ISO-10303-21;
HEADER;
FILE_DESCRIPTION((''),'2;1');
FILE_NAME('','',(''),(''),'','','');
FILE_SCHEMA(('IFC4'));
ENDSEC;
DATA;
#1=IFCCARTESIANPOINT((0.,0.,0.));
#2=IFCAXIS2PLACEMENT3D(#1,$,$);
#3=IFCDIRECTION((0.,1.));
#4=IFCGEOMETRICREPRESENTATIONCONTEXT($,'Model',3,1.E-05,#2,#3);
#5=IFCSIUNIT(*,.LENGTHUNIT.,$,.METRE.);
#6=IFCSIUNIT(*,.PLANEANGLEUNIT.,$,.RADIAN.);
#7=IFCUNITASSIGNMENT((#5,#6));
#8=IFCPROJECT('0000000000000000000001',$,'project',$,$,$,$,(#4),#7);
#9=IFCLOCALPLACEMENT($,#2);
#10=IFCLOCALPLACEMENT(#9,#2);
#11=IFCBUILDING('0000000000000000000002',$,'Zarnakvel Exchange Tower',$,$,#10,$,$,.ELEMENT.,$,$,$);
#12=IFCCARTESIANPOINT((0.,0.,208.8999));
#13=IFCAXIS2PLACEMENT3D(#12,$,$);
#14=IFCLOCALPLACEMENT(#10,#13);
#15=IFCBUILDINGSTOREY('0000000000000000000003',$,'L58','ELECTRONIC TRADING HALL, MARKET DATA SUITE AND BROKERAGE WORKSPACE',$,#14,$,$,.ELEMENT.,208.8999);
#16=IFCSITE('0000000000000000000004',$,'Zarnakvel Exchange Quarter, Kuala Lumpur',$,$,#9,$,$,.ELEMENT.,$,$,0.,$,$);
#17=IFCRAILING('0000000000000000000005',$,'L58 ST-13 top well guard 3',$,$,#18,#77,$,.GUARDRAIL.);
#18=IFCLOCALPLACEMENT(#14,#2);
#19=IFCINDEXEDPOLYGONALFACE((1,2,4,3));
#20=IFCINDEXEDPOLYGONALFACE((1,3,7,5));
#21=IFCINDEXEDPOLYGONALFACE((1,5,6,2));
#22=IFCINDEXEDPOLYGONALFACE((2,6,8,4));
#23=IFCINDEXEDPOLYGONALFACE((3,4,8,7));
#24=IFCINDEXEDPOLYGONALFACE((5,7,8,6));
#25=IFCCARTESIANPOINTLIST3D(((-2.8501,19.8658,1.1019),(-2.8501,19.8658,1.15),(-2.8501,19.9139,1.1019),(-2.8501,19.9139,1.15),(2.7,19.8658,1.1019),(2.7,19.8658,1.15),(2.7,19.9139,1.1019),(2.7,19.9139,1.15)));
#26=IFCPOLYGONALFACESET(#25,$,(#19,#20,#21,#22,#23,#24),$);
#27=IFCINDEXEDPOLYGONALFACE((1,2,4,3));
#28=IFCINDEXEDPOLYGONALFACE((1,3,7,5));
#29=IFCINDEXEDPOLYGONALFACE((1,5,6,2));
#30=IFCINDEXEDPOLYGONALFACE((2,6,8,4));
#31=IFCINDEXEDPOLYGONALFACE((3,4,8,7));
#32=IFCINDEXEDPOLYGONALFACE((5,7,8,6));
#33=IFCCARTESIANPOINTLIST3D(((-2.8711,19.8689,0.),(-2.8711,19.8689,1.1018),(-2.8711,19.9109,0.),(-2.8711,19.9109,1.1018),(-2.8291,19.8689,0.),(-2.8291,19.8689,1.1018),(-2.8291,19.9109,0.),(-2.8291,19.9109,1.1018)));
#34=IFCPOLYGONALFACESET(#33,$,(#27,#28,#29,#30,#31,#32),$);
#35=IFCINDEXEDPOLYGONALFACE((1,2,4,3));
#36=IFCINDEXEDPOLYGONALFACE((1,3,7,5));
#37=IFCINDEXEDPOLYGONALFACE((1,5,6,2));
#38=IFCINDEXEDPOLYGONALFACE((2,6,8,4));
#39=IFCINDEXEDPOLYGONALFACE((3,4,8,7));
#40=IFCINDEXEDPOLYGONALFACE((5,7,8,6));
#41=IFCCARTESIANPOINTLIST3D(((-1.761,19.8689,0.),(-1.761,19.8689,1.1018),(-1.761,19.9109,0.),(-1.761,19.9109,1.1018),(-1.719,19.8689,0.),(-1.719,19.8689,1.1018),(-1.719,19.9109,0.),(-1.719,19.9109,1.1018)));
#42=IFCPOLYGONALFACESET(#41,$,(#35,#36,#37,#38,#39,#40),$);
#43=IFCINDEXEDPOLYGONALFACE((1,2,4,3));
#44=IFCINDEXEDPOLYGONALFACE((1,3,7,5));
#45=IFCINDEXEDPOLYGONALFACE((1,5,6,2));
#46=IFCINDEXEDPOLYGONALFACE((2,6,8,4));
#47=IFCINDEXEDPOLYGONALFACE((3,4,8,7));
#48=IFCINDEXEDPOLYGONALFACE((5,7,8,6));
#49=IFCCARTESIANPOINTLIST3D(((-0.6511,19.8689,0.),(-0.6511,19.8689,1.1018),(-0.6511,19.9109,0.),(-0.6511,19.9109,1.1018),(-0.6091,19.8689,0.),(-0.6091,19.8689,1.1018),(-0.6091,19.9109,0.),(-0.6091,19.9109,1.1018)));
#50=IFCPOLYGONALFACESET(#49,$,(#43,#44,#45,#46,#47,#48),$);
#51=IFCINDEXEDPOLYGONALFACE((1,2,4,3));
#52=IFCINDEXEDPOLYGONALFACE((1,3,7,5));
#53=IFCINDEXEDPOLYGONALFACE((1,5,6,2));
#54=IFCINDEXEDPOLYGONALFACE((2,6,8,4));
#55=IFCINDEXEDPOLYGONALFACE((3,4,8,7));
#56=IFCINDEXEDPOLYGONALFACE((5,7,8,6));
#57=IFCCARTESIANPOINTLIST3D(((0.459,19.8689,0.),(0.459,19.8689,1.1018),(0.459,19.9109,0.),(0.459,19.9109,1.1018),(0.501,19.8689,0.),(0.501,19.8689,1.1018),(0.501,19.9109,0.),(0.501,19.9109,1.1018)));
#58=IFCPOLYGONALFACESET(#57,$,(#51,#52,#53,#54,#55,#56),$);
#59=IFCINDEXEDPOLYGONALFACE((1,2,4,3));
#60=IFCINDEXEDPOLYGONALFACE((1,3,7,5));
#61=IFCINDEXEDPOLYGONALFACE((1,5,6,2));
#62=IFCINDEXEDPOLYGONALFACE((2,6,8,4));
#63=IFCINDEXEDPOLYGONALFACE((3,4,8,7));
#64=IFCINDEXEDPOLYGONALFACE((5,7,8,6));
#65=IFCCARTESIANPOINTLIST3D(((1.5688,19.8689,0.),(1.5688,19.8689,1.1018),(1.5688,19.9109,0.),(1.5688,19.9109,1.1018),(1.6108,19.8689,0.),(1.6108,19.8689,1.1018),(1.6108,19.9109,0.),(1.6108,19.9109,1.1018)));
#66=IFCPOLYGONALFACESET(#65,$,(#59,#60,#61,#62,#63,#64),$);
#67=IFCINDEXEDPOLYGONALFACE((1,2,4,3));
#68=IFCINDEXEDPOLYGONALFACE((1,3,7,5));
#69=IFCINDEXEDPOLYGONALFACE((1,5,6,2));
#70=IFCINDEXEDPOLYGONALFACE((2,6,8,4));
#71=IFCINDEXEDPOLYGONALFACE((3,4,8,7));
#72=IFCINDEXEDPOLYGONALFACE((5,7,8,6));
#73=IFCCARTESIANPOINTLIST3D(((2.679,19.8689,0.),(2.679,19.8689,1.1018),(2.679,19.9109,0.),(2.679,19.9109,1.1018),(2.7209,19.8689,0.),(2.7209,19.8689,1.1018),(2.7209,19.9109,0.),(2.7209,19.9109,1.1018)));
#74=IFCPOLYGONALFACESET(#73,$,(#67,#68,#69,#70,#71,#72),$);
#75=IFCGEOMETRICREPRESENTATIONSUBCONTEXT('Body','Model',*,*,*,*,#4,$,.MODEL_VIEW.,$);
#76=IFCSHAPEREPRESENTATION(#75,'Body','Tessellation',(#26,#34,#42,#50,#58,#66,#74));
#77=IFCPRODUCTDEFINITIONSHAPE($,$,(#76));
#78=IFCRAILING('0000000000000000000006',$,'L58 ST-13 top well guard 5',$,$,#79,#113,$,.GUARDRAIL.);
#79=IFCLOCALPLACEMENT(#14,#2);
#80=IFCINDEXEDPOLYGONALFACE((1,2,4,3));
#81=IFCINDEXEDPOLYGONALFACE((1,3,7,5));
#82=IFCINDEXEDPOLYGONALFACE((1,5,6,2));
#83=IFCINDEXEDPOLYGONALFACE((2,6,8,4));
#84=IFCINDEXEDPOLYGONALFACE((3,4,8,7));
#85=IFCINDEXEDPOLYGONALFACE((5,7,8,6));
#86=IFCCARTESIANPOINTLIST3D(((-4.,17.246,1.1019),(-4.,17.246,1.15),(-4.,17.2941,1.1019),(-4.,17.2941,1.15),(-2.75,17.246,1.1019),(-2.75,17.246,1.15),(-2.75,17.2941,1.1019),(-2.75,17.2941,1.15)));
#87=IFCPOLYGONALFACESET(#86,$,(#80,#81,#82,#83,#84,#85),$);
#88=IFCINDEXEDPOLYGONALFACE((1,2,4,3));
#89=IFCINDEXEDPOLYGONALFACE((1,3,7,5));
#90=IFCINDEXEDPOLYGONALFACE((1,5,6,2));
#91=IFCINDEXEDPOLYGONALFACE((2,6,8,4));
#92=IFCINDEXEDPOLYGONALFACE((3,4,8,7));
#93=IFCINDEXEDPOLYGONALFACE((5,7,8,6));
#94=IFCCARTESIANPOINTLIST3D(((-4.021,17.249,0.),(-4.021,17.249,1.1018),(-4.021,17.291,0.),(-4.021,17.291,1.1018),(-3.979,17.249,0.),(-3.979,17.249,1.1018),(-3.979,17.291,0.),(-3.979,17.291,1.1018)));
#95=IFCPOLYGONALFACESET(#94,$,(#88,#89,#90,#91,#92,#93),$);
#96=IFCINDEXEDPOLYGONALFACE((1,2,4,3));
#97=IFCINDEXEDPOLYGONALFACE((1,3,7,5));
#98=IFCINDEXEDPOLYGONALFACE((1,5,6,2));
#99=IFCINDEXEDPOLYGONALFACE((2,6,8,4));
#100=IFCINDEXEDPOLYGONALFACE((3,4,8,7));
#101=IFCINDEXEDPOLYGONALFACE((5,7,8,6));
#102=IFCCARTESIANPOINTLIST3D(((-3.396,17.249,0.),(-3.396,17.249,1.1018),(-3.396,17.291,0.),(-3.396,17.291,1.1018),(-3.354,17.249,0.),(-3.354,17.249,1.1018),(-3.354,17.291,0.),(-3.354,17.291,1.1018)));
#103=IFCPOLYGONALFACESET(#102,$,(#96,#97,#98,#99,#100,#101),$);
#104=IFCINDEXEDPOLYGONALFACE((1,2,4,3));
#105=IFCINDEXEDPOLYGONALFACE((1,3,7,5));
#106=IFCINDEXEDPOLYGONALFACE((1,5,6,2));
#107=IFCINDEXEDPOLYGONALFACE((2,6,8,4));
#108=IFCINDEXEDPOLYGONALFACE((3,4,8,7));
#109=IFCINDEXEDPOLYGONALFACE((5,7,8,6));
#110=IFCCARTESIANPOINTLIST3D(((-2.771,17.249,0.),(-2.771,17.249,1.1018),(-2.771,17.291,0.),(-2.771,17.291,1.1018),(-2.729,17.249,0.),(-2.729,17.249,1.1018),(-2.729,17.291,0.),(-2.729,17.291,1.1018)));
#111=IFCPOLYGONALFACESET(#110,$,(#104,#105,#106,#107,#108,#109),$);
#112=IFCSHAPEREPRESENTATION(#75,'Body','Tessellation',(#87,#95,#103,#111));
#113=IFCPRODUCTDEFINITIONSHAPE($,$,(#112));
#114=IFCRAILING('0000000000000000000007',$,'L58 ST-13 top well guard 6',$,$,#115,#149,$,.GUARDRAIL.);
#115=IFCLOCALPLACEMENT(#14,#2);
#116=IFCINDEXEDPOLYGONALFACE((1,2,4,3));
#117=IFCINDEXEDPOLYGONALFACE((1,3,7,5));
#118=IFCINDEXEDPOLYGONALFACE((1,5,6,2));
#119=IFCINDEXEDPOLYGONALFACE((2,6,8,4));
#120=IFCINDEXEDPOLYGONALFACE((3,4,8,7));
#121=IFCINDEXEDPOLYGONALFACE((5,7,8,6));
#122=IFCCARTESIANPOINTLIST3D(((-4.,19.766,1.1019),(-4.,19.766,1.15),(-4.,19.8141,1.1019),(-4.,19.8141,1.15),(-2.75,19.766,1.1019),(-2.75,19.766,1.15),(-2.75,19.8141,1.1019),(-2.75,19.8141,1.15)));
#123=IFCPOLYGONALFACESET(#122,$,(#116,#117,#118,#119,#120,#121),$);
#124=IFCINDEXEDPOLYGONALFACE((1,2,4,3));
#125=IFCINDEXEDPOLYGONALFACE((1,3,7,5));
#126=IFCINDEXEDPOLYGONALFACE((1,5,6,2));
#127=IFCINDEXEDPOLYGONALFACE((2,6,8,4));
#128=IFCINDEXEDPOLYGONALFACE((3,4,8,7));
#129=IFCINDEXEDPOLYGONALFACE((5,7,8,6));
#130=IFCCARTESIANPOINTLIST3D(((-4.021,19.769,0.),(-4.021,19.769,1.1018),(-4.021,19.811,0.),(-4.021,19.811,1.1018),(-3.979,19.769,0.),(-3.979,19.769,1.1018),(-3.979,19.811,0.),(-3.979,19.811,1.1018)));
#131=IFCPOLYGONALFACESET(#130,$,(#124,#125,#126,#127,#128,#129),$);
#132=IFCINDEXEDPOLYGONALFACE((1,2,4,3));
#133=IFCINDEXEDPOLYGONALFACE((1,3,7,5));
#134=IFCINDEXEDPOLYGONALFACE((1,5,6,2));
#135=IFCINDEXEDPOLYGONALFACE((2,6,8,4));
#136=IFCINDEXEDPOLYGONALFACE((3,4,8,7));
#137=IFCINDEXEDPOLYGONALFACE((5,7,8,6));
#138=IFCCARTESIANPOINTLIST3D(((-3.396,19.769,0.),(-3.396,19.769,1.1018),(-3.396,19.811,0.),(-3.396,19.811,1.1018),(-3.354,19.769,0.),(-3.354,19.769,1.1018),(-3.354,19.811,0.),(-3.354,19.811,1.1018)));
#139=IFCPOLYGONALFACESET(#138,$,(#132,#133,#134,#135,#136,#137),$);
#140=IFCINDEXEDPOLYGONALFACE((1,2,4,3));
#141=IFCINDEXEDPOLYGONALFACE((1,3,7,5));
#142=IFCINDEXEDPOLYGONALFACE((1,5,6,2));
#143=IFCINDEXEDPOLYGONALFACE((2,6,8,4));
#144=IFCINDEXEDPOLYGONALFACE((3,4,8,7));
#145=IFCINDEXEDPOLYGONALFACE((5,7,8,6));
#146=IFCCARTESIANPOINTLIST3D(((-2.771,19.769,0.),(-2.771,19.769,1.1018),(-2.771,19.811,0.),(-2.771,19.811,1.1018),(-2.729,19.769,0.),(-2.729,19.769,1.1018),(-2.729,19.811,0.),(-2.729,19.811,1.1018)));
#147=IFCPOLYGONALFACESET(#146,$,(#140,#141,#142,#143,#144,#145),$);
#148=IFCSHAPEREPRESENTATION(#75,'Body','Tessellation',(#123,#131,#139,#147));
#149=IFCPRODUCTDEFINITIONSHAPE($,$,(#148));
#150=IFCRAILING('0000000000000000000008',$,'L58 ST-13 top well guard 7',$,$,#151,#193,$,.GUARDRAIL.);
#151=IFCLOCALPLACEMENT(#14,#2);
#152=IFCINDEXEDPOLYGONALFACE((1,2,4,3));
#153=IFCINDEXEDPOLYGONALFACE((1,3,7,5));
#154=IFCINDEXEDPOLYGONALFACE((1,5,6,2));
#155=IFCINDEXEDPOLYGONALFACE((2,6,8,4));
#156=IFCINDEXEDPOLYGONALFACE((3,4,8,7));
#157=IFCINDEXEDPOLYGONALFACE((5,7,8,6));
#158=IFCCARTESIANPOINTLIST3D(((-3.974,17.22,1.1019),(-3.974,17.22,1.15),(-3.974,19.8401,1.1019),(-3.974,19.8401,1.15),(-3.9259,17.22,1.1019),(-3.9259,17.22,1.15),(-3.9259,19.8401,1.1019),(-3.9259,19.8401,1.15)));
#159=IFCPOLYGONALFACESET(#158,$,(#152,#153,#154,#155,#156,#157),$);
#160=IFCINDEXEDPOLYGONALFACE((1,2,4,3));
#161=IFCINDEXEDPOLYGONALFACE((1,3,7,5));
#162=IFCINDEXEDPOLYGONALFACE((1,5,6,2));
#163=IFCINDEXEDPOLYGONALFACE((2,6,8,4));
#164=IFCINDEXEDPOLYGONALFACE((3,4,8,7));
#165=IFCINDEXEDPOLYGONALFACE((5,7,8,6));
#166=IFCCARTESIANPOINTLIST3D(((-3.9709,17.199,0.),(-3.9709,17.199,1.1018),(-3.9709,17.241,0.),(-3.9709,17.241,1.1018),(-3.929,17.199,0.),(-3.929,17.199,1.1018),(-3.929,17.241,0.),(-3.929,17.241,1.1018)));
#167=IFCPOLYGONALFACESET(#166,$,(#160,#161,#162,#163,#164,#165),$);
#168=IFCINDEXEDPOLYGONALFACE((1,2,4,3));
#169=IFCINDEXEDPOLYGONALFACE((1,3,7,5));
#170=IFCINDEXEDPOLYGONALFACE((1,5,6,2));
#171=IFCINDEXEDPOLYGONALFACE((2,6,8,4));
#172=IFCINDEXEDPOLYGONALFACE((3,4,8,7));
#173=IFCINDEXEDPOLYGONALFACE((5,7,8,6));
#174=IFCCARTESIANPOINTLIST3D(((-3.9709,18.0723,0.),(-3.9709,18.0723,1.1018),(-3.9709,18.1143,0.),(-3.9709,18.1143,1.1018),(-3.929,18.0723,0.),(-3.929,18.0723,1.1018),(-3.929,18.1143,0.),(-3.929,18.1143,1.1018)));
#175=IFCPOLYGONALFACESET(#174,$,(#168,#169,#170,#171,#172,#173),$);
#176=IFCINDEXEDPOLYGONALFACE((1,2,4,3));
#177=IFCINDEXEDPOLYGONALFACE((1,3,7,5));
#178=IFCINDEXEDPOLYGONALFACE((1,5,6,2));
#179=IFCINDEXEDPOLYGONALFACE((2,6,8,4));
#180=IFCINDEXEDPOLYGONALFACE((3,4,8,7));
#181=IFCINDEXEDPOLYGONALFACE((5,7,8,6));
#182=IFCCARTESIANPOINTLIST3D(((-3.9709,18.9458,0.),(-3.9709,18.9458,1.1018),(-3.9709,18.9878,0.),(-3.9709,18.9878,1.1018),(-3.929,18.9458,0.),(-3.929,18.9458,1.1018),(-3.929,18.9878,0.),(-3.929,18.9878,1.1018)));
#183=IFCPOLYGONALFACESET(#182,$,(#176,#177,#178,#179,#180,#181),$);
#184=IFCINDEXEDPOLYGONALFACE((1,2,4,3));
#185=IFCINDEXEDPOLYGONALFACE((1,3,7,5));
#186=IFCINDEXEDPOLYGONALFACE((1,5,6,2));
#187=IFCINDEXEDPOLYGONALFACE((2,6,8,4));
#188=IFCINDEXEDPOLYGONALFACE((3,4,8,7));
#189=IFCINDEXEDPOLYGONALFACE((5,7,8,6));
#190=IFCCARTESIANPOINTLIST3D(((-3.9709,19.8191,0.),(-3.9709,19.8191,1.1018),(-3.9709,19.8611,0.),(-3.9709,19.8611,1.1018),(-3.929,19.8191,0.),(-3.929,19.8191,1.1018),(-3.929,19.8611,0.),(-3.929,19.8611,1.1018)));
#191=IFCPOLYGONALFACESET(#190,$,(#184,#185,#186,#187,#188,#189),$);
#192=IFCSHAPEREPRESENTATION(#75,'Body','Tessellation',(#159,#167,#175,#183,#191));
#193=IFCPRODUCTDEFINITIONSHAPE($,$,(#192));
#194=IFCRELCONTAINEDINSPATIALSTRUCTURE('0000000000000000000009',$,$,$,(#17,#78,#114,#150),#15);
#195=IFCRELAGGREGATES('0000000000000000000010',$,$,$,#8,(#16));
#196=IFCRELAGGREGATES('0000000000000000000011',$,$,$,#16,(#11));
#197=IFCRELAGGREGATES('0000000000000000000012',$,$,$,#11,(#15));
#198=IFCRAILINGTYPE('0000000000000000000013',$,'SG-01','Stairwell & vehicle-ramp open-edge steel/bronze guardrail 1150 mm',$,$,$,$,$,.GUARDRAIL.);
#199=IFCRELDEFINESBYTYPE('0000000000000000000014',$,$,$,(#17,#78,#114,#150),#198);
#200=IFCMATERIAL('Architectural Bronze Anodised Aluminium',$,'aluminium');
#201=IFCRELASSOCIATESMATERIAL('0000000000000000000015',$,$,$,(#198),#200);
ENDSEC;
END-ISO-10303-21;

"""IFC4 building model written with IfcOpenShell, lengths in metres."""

from ifc_helpers import new_model, si_unit, direction, frame, origin, origin_2d, place, context, subcontext, project, spatial, rectangle, extrude, material, type_object, element, save


model = new_model("IFC4")

# Units and contexts
model_context = context("Model", 3, precision=1e-05, world=origin(), true_north=direction((0.0, 1.0)))
body_context = subcontext(model_context, "Body", "Model", "MODEL_VIEW")
ifc_project = project(units=[si_unit("LENGTHUNIT", "METRE"), si_unit("PLANEANGLEUNIT", "RADIAN")], contexts=[model_context])

# Site, building, storey
site_placement = place(None, origin())
site = spatial("IfcSite", under=ifc_project, at=site_placement, Name="Zarnakvel Exchange Quarter, Kuala Lumpur", CompositionType="ELEMENT", RefElevation=0.0)
building_placement = place(site_placement, origin())
building = spatial("IfcBuilding", under=site, at=building_placement, Name="Zarnakvel Exchange Tower", CompositionType="ELEMENT")
storey_placement = place(building_placement, frame((0.0, 0.0, 208.8999)))
storey = spatial("IfcBuildingStorey", under=building, at=storey_placement, Name="L58", Description="ELECTRONIC TRADING HALL, MARKET DATA SUITE AND BROKERAGE WORKSPACE", CompositionType="ELEMENT", Elevation=208.8999)

# Shared definitions
ifc_material_1 = material(Name="Architectural Bronze Anodised Aluminium", Category="aluminium")

# Railings
railing_type_1 = type_object("IfcRailingType", Name="SG-01", Description="Stairwell & vehicle-ramp open-edge steel/bronze guardrail 1150 mm", PredefinedType="GUARDRAIL", material=ifc_material_1)
for number, where, name in (
    (1, (-2.8501, 19.8899, 0.0), "L58 ST-13 top well guard 3"),
):
    element("IfcRailing", number, at=place(storey_placement, frame(where)), inside=storey, type_object=railing_type_1, Name=name, PredefinedType="GUARDRAIL", context=body_context, shape_type="SweptSolid", body=[
        extrude(rectangle(XDim=0.0481, YDim=0.0481, at=origin_2d()), frame((0.0, 0.0, 1.126), z_axis=(1.0, 0.0, 0.0), x_axis=(0.0, 1.0, 0.0)), (0.0, 0.0, 1.0), 5.55),
        extrude(rectangle(XDim=0.042, YDim=0.042, at=origin_2d()), origin(), (0.0, 0.0, 1.0), 1.1018),
        extrude(rectangle(XDim=0.042, YDim=0.042, at=origin_2d()), frame((1.1101, 0.0, 0.0)), (0.0, 0.0, 1.0), 1.1018),
        extrude(rectangle(XDim=0.042, YDim=0.042, at=origin_2d()), frame((2.22, 0.0, 0.0)), (0.0, 0.0, 1.0), 1.1018),
        extrude(rectangle(XDim=0.042, YDim=0.042, at=origin_2d()), frame((3.3301, 0.0, 0.0)), (0.0, 0.0, 1.0), 1.1018),
        extrude(rectangle(XDim=0.042, YDim=0.042, at=origin_2d()), frame((4.4399, 0.0, 0.0)), (0.0, 0.0, 1.0), 1.1018),
        extrude(rectangle(XDim=0.042, YDim=0.042, at=origin_2d()), frame((5.55, 0.0, 0.0)), (0.0, 0.0, 1.0), 1.1018),
    ])
for number, where, name in (
    (2, (-4.0, 17.27, 0.0), "L58 ST-13 top well guard 5"),
    (3, (-4.0, 19.79, 0.0), "L58 ST-13 top well guard 6"),
):
    element("IfcRailing", number, at=place(storey_placement, frame(where)), inside=storey, type_object=railing_type_1, Name=name, PredefinedType="GUARDRAIL", context=body_context, shape_type="SweptSolid", body=[
        extrude(rectangle(XDim=0.0481, YDim=0.0481, at=origin_2d()), frame((0.0, 0.0, 1.126), z_axis=(1.0, 0.0, 0.0), x_axis=(0.0, 1.0, 0.0)), (0.0, 0.0, 1.0), 1.25),
        extrude(rectangle(XDim=0.042, YDim=0.042, at=origin_2d()), origin(), (0.0, 0.0, 1.0), 1.1018),
        extrude(rectangle(XDim=0.042, YDim=0.042, at=origin_2d()), frame((0.625, 0.0, 0.0)), (0.0, 0.0, 1.0), 1.1018),
        extrude(rectangle(XDim=0.042, YDim=0.042, at=origin_2d()), frame((1.25, 0.0, 0.0)), (0.0, 0.0, 1.0), 1.1018),
    ])
railing_1_placement = place(storey_placement, frame((-3.95, 17.22, 0.0)))
element("IfcRailing", 4, at=railing_1_placement, inside=storey, type_object=railing_type_1, Name="L58 ST-13 top well guard 7", PredefinedType="GUARDRAIL", context=body_context, shape_type="SweptSolid", body=[
    extrude(rectangle(XDim=0.0481, YDim=0.0481, at=origin_2d()), frame((0.0, 0.0, 1.126), z_axis=(0.0, 1.0, 0.0), x_axis=(-1.0, 0.0, 0.0)), (0.0, 0.0, 1.0), 2.6201),
    extrude(rectangle(XDim=0.042, YDim=0.042, at=origin_2d()), origin(), (0.0, 0.0, 1.0), 1.1018),
    extrude(rectangle(XDim=0.042, YDim=0.042, at=origin_2d()), frame((0.0, 0.8733, 0.0)), (0.0, 0.0, 1.0), 1.1018),
    extrude(rectangle(XDim=0.042, YDim=0.042, at=origin_2d()), frame((0.0, 1.7468, 0.0)), (0.0, 0.0, 1.0), 1.1018),
    extrude(rectangle(XDim=0.042, YDim=0.042, at=origin_2d()), frame((0.0, 2.6201, 0.0)), (0.0, 0.0, 1.0), 1.1018),
])

save(model, "model.ifc")
